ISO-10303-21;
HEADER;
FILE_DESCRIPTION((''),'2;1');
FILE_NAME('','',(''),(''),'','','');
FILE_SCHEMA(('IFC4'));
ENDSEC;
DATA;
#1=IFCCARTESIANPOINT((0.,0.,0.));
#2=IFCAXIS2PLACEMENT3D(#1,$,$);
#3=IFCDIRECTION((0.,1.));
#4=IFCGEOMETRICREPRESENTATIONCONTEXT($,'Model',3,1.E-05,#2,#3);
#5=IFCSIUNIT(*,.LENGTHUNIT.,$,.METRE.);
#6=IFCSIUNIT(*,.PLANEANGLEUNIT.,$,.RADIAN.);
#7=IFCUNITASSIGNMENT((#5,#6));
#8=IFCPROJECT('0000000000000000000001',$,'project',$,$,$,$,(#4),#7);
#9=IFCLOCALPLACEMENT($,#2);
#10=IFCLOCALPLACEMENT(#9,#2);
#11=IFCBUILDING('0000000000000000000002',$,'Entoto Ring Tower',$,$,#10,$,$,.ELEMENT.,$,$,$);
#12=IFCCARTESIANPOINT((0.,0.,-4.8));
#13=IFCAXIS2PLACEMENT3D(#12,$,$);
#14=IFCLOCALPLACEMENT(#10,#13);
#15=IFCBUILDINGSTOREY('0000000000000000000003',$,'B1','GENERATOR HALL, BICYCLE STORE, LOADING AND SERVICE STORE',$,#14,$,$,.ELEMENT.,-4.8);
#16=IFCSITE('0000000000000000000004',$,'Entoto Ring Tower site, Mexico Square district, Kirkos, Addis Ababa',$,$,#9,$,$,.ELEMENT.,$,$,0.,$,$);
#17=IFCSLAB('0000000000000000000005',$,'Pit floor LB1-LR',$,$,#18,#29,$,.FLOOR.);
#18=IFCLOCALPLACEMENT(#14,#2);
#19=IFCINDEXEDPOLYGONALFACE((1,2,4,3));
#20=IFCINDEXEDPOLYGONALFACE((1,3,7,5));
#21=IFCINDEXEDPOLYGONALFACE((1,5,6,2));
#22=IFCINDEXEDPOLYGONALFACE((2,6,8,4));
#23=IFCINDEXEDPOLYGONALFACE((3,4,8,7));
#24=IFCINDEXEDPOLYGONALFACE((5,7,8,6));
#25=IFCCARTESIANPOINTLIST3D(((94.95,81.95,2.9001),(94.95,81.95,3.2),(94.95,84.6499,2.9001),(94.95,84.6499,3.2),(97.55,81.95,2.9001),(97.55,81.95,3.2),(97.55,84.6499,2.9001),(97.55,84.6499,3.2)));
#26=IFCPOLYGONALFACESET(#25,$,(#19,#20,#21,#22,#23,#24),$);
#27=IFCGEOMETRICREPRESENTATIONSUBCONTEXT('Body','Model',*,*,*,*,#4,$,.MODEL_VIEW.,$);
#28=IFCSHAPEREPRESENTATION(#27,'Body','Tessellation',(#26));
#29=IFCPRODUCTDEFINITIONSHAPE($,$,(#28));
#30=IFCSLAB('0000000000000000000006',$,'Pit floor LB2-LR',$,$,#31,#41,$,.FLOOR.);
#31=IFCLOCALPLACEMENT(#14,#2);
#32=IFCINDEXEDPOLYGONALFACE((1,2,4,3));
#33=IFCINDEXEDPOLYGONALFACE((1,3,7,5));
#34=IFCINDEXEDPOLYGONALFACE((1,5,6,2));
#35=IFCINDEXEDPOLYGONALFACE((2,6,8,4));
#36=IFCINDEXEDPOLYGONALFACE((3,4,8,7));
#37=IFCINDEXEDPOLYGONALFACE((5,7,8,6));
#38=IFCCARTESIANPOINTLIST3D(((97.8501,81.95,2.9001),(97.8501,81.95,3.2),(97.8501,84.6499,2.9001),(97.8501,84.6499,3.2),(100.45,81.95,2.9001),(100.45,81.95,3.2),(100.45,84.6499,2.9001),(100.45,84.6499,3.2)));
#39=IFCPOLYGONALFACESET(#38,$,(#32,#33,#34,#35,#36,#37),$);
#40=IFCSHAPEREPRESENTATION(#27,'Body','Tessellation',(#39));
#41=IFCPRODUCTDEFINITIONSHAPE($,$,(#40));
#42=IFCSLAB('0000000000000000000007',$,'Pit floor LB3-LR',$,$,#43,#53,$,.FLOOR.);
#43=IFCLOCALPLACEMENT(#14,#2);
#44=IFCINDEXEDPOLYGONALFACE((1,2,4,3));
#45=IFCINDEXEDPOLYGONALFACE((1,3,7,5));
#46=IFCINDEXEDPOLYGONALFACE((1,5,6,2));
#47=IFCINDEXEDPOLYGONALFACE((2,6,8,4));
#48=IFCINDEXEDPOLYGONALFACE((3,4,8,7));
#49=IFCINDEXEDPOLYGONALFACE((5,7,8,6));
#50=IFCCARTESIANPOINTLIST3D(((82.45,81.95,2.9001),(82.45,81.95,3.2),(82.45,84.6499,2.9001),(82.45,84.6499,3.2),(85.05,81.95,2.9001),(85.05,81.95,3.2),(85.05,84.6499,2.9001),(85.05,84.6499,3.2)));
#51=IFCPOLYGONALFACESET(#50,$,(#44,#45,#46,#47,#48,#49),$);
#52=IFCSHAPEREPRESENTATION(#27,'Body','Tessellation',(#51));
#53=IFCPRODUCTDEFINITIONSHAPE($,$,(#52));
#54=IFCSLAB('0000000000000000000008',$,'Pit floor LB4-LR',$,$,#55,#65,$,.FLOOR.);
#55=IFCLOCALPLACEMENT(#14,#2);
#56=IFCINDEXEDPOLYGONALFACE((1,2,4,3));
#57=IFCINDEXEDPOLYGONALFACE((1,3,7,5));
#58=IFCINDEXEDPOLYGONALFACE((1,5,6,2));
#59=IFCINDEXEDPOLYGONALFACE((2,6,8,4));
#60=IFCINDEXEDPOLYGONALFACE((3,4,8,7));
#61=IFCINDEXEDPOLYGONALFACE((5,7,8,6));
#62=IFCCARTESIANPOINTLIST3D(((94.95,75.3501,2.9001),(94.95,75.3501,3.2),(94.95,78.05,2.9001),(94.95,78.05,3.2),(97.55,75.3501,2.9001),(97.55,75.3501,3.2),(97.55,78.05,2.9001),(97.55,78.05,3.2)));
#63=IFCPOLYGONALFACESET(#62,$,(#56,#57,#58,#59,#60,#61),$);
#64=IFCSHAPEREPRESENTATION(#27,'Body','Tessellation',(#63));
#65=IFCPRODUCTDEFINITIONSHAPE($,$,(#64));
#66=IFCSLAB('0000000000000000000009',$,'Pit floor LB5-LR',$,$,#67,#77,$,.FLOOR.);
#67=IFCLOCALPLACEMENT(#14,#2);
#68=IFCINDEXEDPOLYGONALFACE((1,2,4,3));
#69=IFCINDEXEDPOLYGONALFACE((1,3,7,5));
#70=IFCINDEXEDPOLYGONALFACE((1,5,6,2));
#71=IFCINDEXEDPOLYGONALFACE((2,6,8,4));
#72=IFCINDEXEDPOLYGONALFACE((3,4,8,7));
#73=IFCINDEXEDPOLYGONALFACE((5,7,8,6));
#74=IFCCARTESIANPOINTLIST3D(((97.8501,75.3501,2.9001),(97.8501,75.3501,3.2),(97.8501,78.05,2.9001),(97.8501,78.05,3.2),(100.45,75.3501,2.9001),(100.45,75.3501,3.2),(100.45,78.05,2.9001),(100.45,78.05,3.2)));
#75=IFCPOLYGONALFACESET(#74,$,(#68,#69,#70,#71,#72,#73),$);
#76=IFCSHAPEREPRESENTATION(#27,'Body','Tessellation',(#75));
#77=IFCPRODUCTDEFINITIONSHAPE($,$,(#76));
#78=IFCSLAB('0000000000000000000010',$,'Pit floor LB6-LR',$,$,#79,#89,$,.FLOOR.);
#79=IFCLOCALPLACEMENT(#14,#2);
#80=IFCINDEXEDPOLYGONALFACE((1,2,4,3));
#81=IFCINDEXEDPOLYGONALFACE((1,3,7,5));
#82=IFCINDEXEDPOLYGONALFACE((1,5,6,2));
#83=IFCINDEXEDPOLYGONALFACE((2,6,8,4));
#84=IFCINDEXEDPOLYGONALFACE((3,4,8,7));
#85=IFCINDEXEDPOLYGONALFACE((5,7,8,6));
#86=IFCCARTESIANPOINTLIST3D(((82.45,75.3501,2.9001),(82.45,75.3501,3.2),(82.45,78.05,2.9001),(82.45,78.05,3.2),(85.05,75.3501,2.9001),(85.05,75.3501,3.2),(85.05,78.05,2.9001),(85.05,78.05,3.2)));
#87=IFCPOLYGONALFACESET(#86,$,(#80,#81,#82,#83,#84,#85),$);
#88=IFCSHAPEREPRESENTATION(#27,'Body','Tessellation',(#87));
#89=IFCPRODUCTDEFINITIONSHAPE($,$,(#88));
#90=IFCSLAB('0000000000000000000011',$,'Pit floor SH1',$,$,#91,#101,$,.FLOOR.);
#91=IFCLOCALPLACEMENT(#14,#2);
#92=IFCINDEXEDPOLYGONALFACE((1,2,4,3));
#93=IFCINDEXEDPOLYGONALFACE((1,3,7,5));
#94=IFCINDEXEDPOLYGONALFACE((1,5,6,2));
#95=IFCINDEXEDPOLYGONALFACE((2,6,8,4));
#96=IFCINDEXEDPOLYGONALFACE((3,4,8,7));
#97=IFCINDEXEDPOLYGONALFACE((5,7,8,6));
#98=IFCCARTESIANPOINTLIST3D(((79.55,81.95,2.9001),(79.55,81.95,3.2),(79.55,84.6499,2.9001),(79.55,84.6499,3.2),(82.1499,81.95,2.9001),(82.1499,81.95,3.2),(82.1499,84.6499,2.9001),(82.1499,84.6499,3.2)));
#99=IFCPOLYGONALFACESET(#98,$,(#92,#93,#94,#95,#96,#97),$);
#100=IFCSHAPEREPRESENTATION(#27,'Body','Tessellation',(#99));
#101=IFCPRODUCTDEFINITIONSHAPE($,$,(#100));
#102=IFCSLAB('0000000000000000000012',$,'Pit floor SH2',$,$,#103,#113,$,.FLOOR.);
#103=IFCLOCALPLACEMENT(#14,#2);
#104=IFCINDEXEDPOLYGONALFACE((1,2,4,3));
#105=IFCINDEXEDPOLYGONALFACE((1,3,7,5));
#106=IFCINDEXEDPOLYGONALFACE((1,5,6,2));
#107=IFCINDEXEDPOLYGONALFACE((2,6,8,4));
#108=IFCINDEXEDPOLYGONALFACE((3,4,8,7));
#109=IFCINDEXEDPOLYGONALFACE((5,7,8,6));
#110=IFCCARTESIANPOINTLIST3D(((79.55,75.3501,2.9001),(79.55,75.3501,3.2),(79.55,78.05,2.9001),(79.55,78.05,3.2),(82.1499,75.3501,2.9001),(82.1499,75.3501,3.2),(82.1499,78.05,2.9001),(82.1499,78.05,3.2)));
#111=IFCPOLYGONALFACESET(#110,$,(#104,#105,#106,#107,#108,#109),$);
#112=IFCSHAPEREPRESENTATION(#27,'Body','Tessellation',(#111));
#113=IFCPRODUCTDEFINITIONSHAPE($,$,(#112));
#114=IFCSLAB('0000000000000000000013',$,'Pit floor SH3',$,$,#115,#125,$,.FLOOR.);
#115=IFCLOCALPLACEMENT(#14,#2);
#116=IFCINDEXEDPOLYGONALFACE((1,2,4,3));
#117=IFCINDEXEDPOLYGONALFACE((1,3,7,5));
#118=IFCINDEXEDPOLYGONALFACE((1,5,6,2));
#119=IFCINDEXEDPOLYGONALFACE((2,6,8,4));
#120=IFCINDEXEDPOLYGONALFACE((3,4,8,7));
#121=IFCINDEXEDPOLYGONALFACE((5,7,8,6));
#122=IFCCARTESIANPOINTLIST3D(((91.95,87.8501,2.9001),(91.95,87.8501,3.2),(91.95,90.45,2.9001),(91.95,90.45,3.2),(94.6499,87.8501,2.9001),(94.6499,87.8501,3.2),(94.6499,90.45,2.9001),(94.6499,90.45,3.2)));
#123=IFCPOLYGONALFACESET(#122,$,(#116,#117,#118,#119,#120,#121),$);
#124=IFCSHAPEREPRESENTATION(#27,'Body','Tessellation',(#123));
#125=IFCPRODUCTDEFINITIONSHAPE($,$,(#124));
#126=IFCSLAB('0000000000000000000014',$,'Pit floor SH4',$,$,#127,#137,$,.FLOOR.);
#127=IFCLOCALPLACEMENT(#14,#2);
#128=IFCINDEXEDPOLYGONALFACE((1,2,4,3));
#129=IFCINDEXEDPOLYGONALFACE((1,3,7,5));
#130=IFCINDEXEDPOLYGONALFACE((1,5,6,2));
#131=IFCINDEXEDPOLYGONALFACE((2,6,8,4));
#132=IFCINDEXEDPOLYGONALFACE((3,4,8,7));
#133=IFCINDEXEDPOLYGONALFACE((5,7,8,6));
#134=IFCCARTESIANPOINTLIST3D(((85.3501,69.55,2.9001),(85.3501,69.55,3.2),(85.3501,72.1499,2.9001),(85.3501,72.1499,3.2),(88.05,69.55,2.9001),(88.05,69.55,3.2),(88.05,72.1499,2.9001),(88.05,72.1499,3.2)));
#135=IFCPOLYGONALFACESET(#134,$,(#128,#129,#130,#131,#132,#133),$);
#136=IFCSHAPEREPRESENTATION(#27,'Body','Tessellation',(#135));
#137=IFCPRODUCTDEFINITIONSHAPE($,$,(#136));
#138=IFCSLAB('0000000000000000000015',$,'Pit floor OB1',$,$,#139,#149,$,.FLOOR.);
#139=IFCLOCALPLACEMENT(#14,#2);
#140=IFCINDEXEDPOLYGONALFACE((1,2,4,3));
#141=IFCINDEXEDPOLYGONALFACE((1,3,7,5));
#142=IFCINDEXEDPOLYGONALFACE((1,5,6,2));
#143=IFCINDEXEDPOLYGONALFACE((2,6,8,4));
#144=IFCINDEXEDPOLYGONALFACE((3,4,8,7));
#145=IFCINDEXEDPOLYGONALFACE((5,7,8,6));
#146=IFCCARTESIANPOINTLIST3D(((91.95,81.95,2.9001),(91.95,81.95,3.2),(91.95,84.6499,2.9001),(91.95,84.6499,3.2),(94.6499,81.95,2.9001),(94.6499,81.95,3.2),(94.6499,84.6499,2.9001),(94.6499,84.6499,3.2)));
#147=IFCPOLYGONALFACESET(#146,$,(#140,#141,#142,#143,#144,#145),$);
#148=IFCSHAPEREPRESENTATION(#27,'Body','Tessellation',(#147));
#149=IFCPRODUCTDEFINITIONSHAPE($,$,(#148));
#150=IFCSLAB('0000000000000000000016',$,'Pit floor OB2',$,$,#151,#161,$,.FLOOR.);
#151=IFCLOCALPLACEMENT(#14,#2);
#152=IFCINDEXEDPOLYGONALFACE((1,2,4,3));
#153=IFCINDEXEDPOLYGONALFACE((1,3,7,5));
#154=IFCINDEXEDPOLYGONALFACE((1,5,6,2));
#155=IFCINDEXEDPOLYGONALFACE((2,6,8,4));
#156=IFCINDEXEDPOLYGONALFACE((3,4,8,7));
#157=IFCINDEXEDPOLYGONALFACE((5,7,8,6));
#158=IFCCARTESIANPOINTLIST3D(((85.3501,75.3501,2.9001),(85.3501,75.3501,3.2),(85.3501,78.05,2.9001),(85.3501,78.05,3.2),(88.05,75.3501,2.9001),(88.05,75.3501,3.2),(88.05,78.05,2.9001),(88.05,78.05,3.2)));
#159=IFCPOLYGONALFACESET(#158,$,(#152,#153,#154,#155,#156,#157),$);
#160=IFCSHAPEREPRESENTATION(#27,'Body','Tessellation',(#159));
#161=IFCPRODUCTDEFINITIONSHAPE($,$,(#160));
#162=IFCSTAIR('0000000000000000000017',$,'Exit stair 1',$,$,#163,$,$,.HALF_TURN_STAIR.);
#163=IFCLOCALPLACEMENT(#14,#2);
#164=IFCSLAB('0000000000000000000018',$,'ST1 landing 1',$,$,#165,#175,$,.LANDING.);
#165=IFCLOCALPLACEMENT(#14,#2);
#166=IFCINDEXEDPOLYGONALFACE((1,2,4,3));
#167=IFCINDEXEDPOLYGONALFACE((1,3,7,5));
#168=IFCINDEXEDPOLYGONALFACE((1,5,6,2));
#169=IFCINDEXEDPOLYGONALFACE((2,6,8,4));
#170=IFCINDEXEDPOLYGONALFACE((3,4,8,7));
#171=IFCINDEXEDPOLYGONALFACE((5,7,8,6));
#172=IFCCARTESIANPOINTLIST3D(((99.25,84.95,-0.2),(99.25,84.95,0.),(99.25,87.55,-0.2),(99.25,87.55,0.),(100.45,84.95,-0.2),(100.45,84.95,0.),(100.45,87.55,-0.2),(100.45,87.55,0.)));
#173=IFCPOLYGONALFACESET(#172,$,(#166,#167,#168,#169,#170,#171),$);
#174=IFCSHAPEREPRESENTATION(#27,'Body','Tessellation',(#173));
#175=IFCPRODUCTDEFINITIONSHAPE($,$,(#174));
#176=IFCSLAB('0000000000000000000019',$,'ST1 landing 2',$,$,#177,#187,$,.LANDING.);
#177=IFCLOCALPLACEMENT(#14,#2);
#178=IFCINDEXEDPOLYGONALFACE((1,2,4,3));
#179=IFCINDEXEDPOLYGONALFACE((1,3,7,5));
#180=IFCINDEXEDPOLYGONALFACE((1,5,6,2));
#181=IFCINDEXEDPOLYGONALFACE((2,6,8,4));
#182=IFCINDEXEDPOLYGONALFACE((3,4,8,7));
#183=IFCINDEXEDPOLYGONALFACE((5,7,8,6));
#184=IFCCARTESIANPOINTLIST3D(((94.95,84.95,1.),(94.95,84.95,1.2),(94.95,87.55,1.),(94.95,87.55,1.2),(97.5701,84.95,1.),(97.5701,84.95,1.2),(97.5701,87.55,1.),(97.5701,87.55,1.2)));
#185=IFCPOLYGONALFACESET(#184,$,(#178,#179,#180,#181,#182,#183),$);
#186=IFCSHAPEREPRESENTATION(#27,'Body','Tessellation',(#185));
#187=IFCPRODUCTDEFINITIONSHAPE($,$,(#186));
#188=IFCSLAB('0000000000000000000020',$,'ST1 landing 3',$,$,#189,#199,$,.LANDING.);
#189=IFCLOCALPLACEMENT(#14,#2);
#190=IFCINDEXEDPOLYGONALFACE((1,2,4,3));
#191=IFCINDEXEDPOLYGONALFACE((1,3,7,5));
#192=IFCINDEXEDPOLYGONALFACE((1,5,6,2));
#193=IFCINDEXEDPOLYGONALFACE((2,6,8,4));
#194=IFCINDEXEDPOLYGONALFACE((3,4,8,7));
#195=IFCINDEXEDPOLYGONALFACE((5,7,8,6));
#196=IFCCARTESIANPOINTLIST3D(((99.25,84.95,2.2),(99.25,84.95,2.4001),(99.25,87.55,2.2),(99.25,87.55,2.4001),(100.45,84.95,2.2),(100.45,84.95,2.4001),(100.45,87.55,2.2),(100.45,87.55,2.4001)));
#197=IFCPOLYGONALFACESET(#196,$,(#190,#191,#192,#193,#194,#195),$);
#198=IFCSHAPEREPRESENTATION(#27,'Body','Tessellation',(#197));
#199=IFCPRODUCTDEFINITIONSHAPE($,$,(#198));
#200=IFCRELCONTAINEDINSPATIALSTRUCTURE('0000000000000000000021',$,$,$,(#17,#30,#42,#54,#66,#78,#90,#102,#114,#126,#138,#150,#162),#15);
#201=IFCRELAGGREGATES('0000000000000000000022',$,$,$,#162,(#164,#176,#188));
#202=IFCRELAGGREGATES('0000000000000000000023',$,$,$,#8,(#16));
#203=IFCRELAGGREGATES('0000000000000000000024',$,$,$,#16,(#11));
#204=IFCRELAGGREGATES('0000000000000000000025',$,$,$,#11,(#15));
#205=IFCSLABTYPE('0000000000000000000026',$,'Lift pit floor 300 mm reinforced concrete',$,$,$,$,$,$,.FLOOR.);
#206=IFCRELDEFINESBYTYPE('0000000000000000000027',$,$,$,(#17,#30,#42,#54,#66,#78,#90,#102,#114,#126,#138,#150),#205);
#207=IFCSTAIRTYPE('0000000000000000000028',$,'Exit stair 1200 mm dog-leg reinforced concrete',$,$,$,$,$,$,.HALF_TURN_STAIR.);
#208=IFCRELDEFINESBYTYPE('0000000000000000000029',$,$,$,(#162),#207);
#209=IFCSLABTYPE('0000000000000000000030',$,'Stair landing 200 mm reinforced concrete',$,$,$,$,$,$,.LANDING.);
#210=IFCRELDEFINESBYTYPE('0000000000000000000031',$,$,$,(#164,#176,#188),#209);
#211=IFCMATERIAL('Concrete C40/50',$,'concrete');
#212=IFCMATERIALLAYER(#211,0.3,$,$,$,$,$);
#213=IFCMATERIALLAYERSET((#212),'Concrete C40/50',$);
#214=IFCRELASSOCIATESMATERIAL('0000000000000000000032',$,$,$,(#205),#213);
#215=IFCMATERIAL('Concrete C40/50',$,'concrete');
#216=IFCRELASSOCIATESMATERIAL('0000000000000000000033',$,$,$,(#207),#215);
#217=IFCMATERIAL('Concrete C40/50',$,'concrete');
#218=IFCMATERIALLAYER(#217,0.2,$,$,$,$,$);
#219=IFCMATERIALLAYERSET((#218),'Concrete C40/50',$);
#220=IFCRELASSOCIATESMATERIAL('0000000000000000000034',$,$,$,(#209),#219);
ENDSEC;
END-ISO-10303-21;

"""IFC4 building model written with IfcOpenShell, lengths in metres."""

from ifc_helpers import new_model, si_unit, direction, frame, origin, place, context, subcontext, project, spatial, polyline, outline, extrude, material, layer, layer_set, type_object, element, aggregate, save


model = new_model("IFC4")

# Units and contexts
model_context = context("Model", 3, precision=1e-05, world=origin(), true_north=direction((0.0, 1.0)))
body_context = subcontext(model_context, "Body", "Model", "MODEL_VIEW")
ifc_project = project(units=[si_unit("LENGTHUNIT", "METRE"), si_unit("PLANEANGLEUNIT", "RADIAN")], contexts=[model_context])

# Site, building, storey
site_placement = place(None, origin())
site = spatial("IfcSite", under=ifc_project, at=site_placement, Name="Entoto Ring Tower site, Mexico Square district, Kirkos, Addis Ababa", CompositionType="ELEMENT", RefElevation=0.0)
building_placement = place(site_placement, origin())
building = spatial("IfcBuilding", under=site, at=building_placement, Name="Entoto Ring Tower", CompositionType="ELEMENT")
storey_placement = place(building_placement, frame((0.0, 0.0, -4.8)))
storey = spatial("IfcBuildingStorey", under=building, at=storey_placement, Name="B1", Description="GENERATOR HALL, BICYCLE STORE, LOADING AND SERVICE STORE", CompositionType="ELEMENT", Elevation=-4.8)

# Slabs
ifc_material_1 = material(Name="Concrete C40/50", Category="concrete")
ifc_layer_1 = layer(ifc_material_1, 0.3)
ifc_layer_set_1 = layer_set([ifc_layer_1], Name="Concrete C40/50")
slab_type_1 = type_object("IfcSlabType", Name="Lift pit floor 300 mm reinforced concrete", PredefinedType="FLOOR", material=ifc_layer_set_1)
slab_1_placement = place(storey_placement, frame((0.0, 0.0, 2.9001)))
element("IfcSlab", 1, at=slab_1_placement, inside=storey, type_object=slab_type_1, Name="Pit floor LB1-LR", PredefinedType="FLOOR", context=body_context, shape_type="SweptSolid", body=[
    extrude(outline(polyline([(97.55, 81.95), (97.55, 84.6499), (94.95, 84.6499), (94.95, 81.95), (97.55, 81.95)])), origin(), (0.0, 0.0, 1.0), 0.2998),
])
slab_2_placement = place(storey_placement, frame((0.0, 0.0, 2.9001)))
element("IfcSlab", 2, at=slab_2_placement, inside=storey, type_object=slab_type_1, Name="Pit floor LB2-LR", PredefinedType="FLOOR", context=body_context, shape_type="SweptSolid", body=[
    extrude(outline(polyline([(100.45, 81.95), (100.45, 84.6499), (97.8501, 84.6499), (97.8501, 81.95), (100.45, 81.95)])), origin(), (0.0, 0.0, 1.0), 0.2998),
])
slab_3_placement = place(storey_placement, frame((0.0, 0.0, 2.9001)))
element("IfcSlab", 3, at=slab_3_placement, inside=storey, type_object=slab_type_1, Name="Pit floor LB3-LR", PredefinedType="FLOOR", context=body_context, shape_type="SweptSolid", body=[
    extrude(outline(polyline([(85.05, 81.95), (85.05, 84.6499), (82.45, 84.6499), (82.45, 81.95), (85.05, 81.95)])), origin(), (0.0, 0.0, 1.0), 0.2998),
])
slab_4_placement = place(storey_placement, frame((0.0, 0.0, 2.9001)))
element("IfcSlab", 4, at=slab_4_placement, inside=storey, type_object=slab_type_1, Name="Pit floor LB4-LR", PredefinedType="FLOOR", context=body_context, shape_type="SweptSolid", body=[
    extrude(outline(polyline([(97.55, 75.3501), (97.55, 78.05), (94.95, 78.05), (94.95, 75.3501), (97.55, 75.3501)])), origin(), (0.0, 0.0, 1.0), 0.2998),
])
slab_5_placement = place(storey_placement, frame((0.0, 0.0, 2.9001)))
element("IfcSlab", 5, at=slab_5_placement, inside=storey, type_object=slab_type_1, Name="Pit floor LB5-LR", PredefinedType="FLOOR", context=body_context, shape_type="SweptSolid", body=[
    extrude(outline(polyline([(100.45, 75.3501), (100.45, 78.05), (97.8501, 78.05), (97.8501, 75.3501), (100.45, 75.3501)])), origin(), (0.0, 0.0, 1.0), 0.2998),
])
slab_6_placement = place(storey_placement, frame((0.0, 0.0, 2.9001)))
element("IfcSlab", 6, at=slab_6_placement, inside=storey, type_object=slab_type_1, Name="Pit floor LB6-LR", PredefinedType="FLOOR", context=body_context, shape_type="SweptSolid", body=[
    extrude(outline(polyline([(85.05, 75.3501), (85.05, 78.05), (82.45, 78.05), (82.45, 75.3501), (85.05, 75.3501)])), origin(), (0.0, 0.0, 1.0), 0.2998),
])
slab_7_placement = place(storey_placement, frame((0.0, 0.0, 2.9001)))
element("IfcSlab", 7, at=slab_7_placement, inside=storey, type_object=slab_type_1, Name="Pit floor SH1", PredefinedType="FLOOR", context=body_context, shape_type="SweptSolid", body=[
    extrude(outline(polyline([(82.1499, 81.95), (82.1499, 84.6499), (79.55, 84.6499), (79.55, 81.95), (82.1499, 81.95)])), origin(), (0.0, 0.0, 1.0), 0.2998),
])
slab_8_placement = place(storey_placement, frame((0.0, 0.0, 2.9001)))
element("IfcSlab", 8, at=slab_8_placement, inside=storey, type_object=slab_type_1, Name="Pit floor SH2", PredefinedType="FLOOR", context=body_context, shape_type="SweptSolid", body=[
    extrude(outline(polyline([(82.1499, 75.3501), (82.1499, 78.05), (79.55, 78.05), (79.55, 75.3501), (82.1499, 75.3501)])), origin(), (0.0, 0.0, 1.0), 0.2998),
])
slab_9_placement = place(storey_placement, frame((0.0, 0.0, 2.9001)))
element("IfcSlab", 9, at=slab_9_placement, inside=storey, type_object=slab_type_1, Name="Pit floor SH3", PredefinedType="FLOOR", context=body_context, shape_type="SweptSolid", body=[
    extrude(outline(polyline([(94.6499, 87.8501), (94.6499, 90.45), (91.95, 90.45), (91.95, 87.8501), (94.6499, 87.8501)])), origin(), (0.0, 0.0, 1.0), 0.2998),
])
slab_10_placement = place(storey_placement, frame((0.0, 0.0, 2.9001)))
element("IfcSlab", 10, at=slab_10_placement, inside=storey, type_object=slab_type_1, Name="Pit floor SH4", PredefinedType="FLOOR", context=body_context, shape_type="SweptSolid", body=[
    extrude(outline(polyline([(88.05, 69.55), (88.05, 72.1499), (85.3501, 72.1499), (85.3501, 69.55), (88.05, 69.55)])), origin(), (0.0, 0.0, 1.0), 0.2998),
])
slab_11_placement = place(storey_placement, frame((0.0, 0.0, 2.9001)))
element("IfcSlab", 11, at=slab_11_placement, inside=storey, type_object=slab_type_1, Name="Pit floor OB1", PredefinedType="FLOOR", context=body_context, shape_type="SweptSolid", body=[
    extrude(outline(polyline([(94.6499, 81.95), (94.6499, 84.6499), (91.95, 84.6499), (91.95, 81.95), (94.6499, 81.95)])), origin(), (0.0, 0.0, 1.0), 0.2998),
])
slab_12_placement = place(storey_placement, frame((0.0, 0.0, 2.9001)))
element("IfcSlab", 12, at=slab_12_placement, inside=storey, type_object=slab_type_1, Name="Pit floor OB2", PredefinedType="FLOOR", context=body_context, shape_type="SweptSolid", body=[
    extrude(outline(polyline([(88.05, 75.3501), (88.05, 78.05), (85.3501, 78.05), (85.3501, 75.3501), (88.05, 75.3501)])), origin(), (0.0, 0.0, 1.0), 0.2998),
])

# Stair, slabs
ifc_material_2 = material(Name="Concrete C40/50", Category="concrete")
stair_type = type_object("IfcStairType", Name="Exit stair 1200 mm dog-leg reinforced concrete", PredefinedType="HALF_TURN_STAIR", material=ifc_material_2)
stair_1_placement = place(storey_placement, origin())
stair_1 = element("IfcStair", 13, at=stair_1_placement, inside=storey, type_object=stair_type, Name="Exit stair 1", PredefinedType="HALF_TURN_STAIR")
ifc_material_3 = material(Name="Concrete C40/50", Category="concrete")
ifc_layer_2 = layer(ifc_material_3, 0.2)
ifc_layer_set_2 = layer_set([ifc_layer_2], Name="Concrete C40/50")
slab_type_2 = type_object("IfcSlabType", Name="Stair landing 200 mm reinforced concrete", PredefinedType="LANDING", material=ifc_layer_set_2)
slab_13_placement = place(storey_placement, frame((0.0, 0.0, -0.2)))
slab_13 = element("IfcSlab", 14, at=slab_13_placement, type_object=slab_type_2, Name="ST1 landing 1", PredefinedType="LANDING", context=body_context, shape_type="SweptSolid", body=[
    extrude(outline(polyline([(100.45, 84.95), (100.45, 87.55), (99.25, 87.55), (99.25, 84.95), (100.45, 84.95)])), origin(), (0.0, 0.0, 1.0), 0.2),
])
slab_14_placement = place(storey_placement, frame((0.0, 0.0, 1.0)))
slab_14 = element("IfcSlab", 15, at=slab_14_placement, type_object=slab_type_2, Name="ST1 landing 2", PredefinedType="LANDING", context=body_context, shape_type="SweptSolid", body=[
    extrude(outline(polyline([(94.95, 84.95), (97.5701, 84.95), (97.5701, 87.55), (94.95, 87.55), (94.95, 84.95)])), origin(), (0.0, 0.0, 1.0), 0.2),
])
slab_15_placement = place(storey_placement, frame((0.0, 0.0, 2.2)))
slab_15 = element("IfcSlab", 16, at=slab_15_placement, type_object=slab_type_2, Name="ST1 landing 3", PredefinedType="LANDING", context=body_context, shape_type="SweptSolid", body=[
    extrude(outline(polyline([(99.25, 84.95), (100.45, 84.95), (100.45, 87.55), (99.25, 87.55), (99.25, 84.95)])), origin(), (0.0, 0.0, 1.0), 0.2002),
])
aggregate(stair_1, [slab_13, slab_14, slab_15])

save(model, "model.ifc")
